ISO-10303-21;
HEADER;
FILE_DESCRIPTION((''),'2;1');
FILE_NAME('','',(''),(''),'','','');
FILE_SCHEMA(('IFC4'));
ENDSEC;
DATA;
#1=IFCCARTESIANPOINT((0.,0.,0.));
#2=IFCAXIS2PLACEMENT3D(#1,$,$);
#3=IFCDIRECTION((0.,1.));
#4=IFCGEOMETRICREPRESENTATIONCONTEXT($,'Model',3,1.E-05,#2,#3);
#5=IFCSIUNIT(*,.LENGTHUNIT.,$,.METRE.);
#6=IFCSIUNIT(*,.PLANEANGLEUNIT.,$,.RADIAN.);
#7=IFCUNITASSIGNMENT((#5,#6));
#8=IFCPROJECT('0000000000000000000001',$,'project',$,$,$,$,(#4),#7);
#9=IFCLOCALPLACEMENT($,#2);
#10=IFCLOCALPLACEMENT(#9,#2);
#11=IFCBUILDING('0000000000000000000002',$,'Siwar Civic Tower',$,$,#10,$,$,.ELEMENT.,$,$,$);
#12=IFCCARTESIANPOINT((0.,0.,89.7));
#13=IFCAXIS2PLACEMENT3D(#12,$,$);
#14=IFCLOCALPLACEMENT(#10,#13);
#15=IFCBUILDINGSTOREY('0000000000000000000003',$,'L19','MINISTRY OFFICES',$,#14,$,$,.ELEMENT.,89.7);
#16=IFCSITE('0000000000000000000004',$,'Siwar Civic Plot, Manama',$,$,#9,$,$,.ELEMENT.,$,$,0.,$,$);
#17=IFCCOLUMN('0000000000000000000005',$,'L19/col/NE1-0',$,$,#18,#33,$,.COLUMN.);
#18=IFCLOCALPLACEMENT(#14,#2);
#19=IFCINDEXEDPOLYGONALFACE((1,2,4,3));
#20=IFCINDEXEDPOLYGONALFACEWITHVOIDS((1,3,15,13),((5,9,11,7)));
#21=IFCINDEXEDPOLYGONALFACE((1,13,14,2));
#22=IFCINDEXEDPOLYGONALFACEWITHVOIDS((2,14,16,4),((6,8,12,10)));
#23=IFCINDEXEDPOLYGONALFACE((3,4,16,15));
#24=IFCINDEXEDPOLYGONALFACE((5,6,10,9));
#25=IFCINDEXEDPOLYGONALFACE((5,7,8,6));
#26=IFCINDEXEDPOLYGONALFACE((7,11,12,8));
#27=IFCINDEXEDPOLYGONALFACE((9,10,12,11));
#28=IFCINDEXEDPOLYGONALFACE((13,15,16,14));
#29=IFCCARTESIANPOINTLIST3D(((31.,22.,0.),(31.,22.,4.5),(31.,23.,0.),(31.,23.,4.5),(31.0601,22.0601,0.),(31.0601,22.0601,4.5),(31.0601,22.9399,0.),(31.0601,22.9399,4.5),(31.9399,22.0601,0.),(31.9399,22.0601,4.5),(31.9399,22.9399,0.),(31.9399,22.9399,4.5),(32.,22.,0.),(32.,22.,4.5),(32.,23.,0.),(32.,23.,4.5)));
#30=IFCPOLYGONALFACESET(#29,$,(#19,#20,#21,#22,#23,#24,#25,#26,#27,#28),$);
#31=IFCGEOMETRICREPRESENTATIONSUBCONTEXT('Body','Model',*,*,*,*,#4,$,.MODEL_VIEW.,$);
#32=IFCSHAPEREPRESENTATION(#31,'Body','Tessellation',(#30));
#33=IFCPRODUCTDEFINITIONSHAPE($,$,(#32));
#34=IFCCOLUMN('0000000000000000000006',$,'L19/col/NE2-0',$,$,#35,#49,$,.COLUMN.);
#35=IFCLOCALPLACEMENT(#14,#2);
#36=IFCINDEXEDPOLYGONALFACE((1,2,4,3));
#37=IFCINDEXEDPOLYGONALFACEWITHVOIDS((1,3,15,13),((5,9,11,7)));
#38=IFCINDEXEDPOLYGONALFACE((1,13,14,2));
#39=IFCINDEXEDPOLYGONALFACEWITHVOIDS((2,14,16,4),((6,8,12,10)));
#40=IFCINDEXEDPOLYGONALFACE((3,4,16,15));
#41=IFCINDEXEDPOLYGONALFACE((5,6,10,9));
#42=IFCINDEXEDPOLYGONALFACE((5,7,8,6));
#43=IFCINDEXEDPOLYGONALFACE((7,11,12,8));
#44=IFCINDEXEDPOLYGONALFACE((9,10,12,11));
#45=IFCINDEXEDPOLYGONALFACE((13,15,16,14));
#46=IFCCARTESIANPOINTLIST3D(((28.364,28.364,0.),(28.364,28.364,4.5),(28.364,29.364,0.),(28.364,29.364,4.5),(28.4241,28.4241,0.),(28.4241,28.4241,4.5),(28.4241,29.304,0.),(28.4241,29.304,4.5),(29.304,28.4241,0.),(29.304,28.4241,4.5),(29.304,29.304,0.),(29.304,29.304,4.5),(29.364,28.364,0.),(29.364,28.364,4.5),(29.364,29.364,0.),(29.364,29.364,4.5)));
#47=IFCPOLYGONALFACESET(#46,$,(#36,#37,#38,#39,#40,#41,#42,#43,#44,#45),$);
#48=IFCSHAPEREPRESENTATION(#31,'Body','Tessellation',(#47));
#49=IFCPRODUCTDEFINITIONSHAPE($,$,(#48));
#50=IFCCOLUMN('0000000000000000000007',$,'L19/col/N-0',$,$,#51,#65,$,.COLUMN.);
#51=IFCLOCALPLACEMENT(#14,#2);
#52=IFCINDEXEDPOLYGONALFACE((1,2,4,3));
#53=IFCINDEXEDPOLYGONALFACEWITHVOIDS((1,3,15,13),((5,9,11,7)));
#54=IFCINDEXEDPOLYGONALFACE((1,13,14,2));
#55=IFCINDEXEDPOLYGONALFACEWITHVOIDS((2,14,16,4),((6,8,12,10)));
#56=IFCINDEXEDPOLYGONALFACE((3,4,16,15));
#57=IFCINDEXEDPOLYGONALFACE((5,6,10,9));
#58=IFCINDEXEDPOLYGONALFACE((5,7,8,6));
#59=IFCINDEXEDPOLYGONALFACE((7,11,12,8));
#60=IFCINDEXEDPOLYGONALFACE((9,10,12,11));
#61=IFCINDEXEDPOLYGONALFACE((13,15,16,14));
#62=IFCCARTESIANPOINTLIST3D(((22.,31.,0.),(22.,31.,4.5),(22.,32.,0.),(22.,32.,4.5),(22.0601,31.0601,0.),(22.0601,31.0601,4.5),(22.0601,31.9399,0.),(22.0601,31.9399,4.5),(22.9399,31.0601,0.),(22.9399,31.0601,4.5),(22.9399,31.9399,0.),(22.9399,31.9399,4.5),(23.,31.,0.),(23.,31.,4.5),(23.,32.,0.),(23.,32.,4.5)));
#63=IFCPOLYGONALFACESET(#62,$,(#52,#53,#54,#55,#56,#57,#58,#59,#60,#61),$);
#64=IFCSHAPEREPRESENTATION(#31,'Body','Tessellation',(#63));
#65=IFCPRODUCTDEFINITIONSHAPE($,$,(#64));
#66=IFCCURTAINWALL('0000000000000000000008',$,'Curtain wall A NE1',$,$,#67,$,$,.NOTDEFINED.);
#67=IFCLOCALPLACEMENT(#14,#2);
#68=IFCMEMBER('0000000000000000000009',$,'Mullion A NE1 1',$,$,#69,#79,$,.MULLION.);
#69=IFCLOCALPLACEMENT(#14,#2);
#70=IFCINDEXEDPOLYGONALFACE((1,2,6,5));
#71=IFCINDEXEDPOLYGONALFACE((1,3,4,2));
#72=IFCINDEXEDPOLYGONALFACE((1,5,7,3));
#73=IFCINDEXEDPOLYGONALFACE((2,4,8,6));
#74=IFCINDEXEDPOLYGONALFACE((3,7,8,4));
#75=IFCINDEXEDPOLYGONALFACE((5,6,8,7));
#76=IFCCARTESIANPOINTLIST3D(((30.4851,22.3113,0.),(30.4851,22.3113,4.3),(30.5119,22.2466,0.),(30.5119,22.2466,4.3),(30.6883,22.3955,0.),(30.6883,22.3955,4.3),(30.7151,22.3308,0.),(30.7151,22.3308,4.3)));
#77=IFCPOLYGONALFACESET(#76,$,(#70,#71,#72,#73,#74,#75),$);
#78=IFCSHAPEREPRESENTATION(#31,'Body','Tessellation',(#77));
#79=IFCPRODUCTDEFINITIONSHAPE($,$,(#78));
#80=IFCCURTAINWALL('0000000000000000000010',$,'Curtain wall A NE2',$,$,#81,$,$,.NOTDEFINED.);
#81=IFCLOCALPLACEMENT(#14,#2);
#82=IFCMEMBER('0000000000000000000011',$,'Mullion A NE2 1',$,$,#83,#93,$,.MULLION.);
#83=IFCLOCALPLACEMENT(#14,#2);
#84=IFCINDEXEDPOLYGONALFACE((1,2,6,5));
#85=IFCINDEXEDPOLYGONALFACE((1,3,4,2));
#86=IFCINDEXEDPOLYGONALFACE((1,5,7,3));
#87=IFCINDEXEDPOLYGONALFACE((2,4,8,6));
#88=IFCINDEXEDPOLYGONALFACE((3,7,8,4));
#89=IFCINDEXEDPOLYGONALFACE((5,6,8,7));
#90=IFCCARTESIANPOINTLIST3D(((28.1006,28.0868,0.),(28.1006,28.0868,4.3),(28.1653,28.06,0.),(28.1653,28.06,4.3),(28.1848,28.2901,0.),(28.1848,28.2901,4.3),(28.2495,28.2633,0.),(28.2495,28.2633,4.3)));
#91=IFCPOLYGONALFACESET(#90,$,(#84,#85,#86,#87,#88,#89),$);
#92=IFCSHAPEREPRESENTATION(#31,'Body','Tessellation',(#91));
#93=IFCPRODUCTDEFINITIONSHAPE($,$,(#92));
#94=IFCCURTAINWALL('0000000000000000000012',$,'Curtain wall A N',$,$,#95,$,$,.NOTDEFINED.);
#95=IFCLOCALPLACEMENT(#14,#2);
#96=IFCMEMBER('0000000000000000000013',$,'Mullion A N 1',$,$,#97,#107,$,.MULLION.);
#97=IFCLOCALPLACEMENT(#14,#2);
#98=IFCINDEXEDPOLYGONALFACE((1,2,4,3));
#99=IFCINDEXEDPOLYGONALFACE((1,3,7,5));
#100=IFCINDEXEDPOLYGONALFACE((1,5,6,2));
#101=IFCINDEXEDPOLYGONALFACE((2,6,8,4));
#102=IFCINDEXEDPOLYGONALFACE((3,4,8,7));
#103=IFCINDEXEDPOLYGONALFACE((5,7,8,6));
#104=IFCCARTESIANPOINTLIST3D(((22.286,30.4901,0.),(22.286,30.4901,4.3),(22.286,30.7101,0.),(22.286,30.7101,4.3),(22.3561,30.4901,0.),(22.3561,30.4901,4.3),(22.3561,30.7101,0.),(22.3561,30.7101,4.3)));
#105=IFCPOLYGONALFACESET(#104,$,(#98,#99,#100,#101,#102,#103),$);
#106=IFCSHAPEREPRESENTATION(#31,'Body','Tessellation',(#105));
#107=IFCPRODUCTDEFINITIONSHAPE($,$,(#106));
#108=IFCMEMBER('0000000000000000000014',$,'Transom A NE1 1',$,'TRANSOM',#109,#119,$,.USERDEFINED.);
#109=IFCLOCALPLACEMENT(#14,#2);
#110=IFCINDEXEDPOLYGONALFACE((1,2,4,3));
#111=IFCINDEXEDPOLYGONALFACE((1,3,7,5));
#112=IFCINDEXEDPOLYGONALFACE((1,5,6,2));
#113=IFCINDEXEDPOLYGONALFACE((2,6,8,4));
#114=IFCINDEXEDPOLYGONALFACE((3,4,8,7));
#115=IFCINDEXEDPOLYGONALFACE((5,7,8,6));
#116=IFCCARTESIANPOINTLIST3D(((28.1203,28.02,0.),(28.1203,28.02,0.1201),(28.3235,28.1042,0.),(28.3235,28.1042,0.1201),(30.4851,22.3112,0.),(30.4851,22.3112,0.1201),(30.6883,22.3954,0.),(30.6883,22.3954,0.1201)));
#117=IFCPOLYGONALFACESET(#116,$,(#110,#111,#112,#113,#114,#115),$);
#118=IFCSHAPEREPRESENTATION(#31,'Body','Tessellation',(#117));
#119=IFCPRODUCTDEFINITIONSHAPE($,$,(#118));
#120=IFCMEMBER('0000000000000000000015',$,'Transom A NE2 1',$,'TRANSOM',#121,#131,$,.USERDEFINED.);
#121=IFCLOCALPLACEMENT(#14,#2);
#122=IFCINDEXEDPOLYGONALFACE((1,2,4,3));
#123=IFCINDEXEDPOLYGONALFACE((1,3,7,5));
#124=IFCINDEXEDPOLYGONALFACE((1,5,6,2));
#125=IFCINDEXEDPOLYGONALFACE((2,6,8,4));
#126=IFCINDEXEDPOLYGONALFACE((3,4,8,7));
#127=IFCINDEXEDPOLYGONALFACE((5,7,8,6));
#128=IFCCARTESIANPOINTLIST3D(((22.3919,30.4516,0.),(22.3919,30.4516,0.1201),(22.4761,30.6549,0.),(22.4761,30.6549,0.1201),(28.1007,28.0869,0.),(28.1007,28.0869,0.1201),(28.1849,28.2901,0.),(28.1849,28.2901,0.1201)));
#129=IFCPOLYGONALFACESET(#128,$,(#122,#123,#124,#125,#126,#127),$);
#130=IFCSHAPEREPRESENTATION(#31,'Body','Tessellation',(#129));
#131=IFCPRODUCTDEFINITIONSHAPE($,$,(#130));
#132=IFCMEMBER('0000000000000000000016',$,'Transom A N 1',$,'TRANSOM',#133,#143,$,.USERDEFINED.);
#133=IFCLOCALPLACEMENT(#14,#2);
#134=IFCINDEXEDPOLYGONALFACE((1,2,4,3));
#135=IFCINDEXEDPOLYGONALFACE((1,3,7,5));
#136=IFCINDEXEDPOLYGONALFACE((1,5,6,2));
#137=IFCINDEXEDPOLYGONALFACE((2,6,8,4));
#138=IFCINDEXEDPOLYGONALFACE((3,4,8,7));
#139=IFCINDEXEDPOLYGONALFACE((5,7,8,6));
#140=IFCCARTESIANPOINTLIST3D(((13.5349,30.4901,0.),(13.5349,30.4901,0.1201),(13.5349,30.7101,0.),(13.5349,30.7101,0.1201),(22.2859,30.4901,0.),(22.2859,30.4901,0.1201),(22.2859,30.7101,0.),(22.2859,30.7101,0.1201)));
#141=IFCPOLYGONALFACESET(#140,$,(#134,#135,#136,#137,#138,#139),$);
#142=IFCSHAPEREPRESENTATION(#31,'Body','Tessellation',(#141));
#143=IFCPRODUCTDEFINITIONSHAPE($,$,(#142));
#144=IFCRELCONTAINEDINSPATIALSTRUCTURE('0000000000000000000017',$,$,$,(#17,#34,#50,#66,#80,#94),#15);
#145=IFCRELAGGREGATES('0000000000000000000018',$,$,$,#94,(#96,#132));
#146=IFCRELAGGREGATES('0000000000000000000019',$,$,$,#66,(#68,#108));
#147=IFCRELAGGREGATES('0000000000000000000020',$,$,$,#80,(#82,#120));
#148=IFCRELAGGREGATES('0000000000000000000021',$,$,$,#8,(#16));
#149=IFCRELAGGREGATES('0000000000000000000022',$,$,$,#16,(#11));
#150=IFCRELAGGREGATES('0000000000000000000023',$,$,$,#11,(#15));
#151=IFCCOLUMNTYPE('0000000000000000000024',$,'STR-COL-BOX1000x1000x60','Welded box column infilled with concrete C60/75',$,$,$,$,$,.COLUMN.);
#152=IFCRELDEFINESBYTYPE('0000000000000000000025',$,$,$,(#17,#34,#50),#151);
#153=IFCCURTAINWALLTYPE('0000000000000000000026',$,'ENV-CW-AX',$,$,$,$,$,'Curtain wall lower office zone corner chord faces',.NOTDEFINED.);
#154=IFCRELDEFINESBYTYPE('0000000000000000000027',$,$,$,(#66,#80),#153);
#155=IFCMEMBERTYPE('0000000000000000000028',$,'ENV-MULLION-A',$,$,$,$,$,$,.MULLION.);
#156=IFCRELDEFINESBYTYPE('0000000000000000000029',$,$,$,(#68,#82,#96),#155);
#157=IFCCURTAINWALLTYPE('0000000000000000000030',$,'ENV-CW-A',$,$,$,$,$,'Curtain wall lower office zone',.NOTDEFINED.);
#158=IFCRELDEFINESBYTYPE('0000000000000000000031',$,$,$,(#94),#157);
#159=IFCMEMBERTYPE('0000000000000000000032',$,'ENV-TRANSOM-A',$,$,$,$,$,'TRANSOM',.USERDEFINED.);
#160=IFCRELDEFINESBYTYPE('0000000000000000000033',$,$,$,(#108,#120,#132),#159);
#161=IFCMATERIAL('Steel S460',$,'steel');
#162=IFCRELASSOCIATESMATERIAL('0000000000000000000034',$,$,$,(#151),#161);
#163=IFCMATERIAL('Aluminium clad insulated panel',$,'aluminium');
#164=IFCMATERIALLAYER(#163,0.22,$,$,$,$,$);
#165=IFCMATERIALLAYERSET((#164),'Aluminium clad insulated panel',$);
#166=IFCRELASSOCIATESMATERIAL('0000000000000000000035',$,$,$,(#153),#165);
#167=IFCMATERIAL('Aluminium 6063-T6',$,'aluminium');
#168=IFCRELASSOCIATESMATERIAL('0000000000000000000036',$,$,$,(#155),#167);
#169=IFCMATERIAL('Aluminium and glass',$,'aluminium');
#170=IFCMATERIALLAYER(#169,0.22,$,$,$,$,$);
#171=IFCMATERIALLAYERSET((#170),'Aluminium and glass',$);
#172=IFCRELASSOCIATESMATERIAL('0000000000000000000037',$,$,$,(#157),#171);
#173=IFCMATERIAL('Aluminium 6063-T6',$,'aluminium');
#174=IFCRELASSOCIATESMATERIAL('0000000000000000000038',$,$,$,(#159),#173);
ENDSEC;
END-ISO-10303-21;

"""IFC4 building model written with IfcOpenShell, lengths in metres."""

from ifc_helpers import new_model, si_unit, direction, frame, origin, origin_2d, place, context, subcontext, project, spatial, rectangle, hollow_rectangle, extrude, material, layer, layer_set, material_profile, profile_set, type_object, element, aggregate, save


model = new_model("IFC4")

# Units and contexts
model_context = context("Model", 3, precision=1e-05, world=origin(), true_north=direction((0.0, 1.0)))
body_context = subcontext(model_context, "Body", "Model", "MODEL_VIEW")
ifc_project = project(units=[si_unit("LENGTHUNIT", "METRE"), si_unit("PLANEANGLEUNIT", "RADIAN")], contexts=[model_context])

# Site, building, storey
site_placement = place(None, origin())
site = spatial("IfcSite", under=ifc_project, at=site_placement, Name="Siwar Civic Plot, Manama", CompositionType="ELEMENT", RefElevation=0.0)
building_placement = place(site_placement, origin())
building = spatial("IfcBuilding", under=site, at=building_placement, Name="Siwar Civic Tower", CompositionType="ELEMENT")
storey_placement = place(building_placement, frame((0.0, 0.0, 89.7)))
storey = spatial("IfcBuildingStorey", under=building, at=storey_placement, Name="L19", Description="MINISTRY OFFICES", CompositionType="ELEMENT", Elevation=89.7)

# Columns
ifc_material_1 = material(Name="Steel S460", Category="steel")
ifc_material_profile_1 = material_profile(ifc_material_1, hollow_rectangle(XDim=1.0, YDim=1.0, WallThickness=0.0601, at=origin_2d()), Name="BOX1000x1000x60")
ifc_profile_set_1 = profile_set([ifc_material_profile_1], Name="Steel S460")
column_type = type_object("IfcColumnType", Name="STR-COL-BOX1000x1000x60", Description="Welded box column infilled with concrete C60/75", PredefinedType="COLUMN", material=ifc_profile_set_1)
for number, where, z_axis, x_axis, name in (
    (1, (31.5, 22.5, 0.0), (0.0, 0.0, 1.0), (1.0, 0.0, 0.0), "L19/col/NE1-0"),
    (2, (28.864, 28.864, 0.0), (0.0, 0.0, 1.0), (1.0, 0.0, 0.0), "L19/col/NE2-0"),
    (3, (22.5, 31.5, 0.0), (0.0, 0.0, 1.0), (1.0, 0.0, 0.0), "L19/col/N-0"),
):
    element("IfcColumn", number, at=place(storey_placement, frame(where, z_axis=z_axis, x_axis=x_axis)), inside=storey, type_object=column_type, Name=name, PredefinedType="COLUMN", context=body_context, shape_type="SweptSolid", body=[
        extrude(hollow_rectangle(XDim=1.0, YDim=1.0, WallThickness=0.0601, at=origin_2d()), origin(), (0.0, 0.0, 1.0), 4.5),
    ])

# Curtain walls, members
ifc_material_2 = material(Name="Aluminium clad insulated panel", Category="aluminium")
ifc_layer_1 = layer(ifc_material_2, 0.22)
ifc_layer_set_1 = layer_set([ifc_layer_1], Name="Aluminium clad insulated panel")
curtain_wall_type_1 = type_object("IfcCurtainWallType", Name="ENV-CW-AX", ElementType="Curtain wall lower office zone corner chord faces", PredefinedType="NOTDEFINED", material=ifc_layer_set_1)
curtain_wall_1_placement = place(storey_placement, origin())
curtain_wall_1 = element("IfcCurtainWall", 4, at=curtain_wall_1_placement, inside=storey, type_object=curtain_wall_type_1, Name="Curtain wall A NE1", PredefinedType="NOTDEFINED")
ifc_material_3 = material(Name="Aluminium 6063-T6", Category="aluminium")
ifc_material_profile_2 = material_profile(ifc_material_3, rectangle(XDim=0.22, YDim=0.0701, at=origin_2d()), Name="AL 220x70")
ifc_profile_set_2 = profile_set([ifc_material_profile_2], Name="Aluminium 6063-T6")
member_type_1 = type_object("IfcMemberType", Name="ENV-MULLION-A", PredefinedType="MULLION", material=ifc_profile_set_2)
member_1_placement = place(storey_placement, frame((30.6001, 22.321, 0.0), z_axis=(0.0, 0.0, 1.0), x_axis=(-0.92388, -0.382683, 0.0)))
member_1 = element("IfcMember", 5, at=member_1_placement, type_object=member_type_1, Name="Mullion A NE1 1", PredefinedType="MULLION", context=body_context, shape_type="SweptSolid", body=[
    extrude(rectangle(XDim=0.22, YDim=0.0701, at=origin_2d()), origin(), (0.0, 0.0, 1.0), 4.3),
])
curtain_wall_2_placement = place(storey_placement, origin())
curtain_wall_2 = element("IfcCurtainWall", 6, at=curtain_wall_2_placement, inside=storey, type_object=curtain_wall_type_1, Name="Curtain wall A NE2", PredefinedType="NOTDEFINED")
member_2_placement = place(storey_placement, frame((28.175, 28.175, 0.0), z_axis=(0.0, 0.0, 1.0), x_axis=(-0.382683, -0.92388, 0.0)))
member_2 = element("IfcMember", 7, at=member_2_placement, type_object=member_type_1, Name="Mullion A NE2 1", PredefinedType="MULLION", context=body_context, shape_type="SweptSolid", body=[
    extrude(rectangle(XDim=0.22, YDim=0.0701, at=origin_2d()), origin(), (0.0, 0.0, 1.0), 4.3),
])
ifc_material_4 = material(Name="Aluminium and glass", Category="aluminium")
ifc_layer_2 = layer(ifc_material_4, 0.22)
ifc_layer_set_2 = layer_set([ifc_layer_2], Name="Aluminium and glass")
curtain_wall_type_2 = type_object("IfcCurtainWallType", Name="ENV-CW-A", ElementType="Curtain wall lower office zone", PredefinedType="NOTDEFINED", material=ifc_layer_set_2)
curtain_wall_3_placement = place(storey_placement, origin())
curtain_wall_3 = element("IfcCurtainWall", 8, at=curtain_wall_3_placement, inside=storey, type_object=curtain_wall_type_2, Name="Curtain wall A N", PredefinedType="NOTDEFINED")
member_3_placement = place(storey_placement, frame((22.321, 30.6001, 0.0), z_axis=(0.0, 0.0, 1.0), x_axis=(0.0, -1.0, 0.0)))
member_3 = element("IfcMember", 9, at=member_3_placement, type_object=member_type_1, Name="Mullion A N 1", PredefinedType="MULLION", context=body_context, shape_type="SweptSolid", body=[
    extrude(rectangle(XDim=0.22, YDim=0.0701, at=origin_2d()), origin(), (0.0, 0.0, 1.0), 4.3),
])

# Members
ifc_material_5 = material(Name="Aluminium 6063-T6", Category="aluminium")
ifc_material_profile_3 = material_profile(ifc_material_5, rectangle(XDim=0.22, YDim=0.1201, at=origin_2d()), Name="AL 220x120")
ifc_profile_set_3 = profile_set([ifc_material_profile_3], Name="Aluminium 6063-T6")
member_type_2 = type_object("IfcMemberType", Name="ENV-TRANSOM-A", ElementType="TRANSOM", PredefinedType="USERDEFINED", material=ifc_profile_set_3)
member_4_placement = place(storey_placement, frame((30.5867, 22.3533, 0.0601), z_axis=(-0.382698, 0.923873, 0.0), x_axis=(-0.923873, -0.382698, 0.0)))
member_4 = element("IfcMember", 10, at=member_4_placement, type_object=member_type_2, Name="Transom A NE1 1", ObjectType="TRANSOM", PredefinedType="USERDEFINED", context=body_context, shape_type="SweptSolid", body=[
    extrude(rectangle(XDim=0.22, YDim=0.1201, at=origin_2d()), origin(), (0.0, 0.0, 1.0), 6.1792),
])
member_5_placement = place(storey_placement, frame((28.1428, 28.1885, 0.0601), z_axis=(-0.923873, 0.382698, 0.0), x_axis=(-0.382698, -0.923873, 0.0)))
member_5 = element("IfcMember", 11, at=member_5_placement, type_object=member_type_2, Name="Transom A NE2 1", ObjectType="TRANSOM", PredefinedType="USERDEFINED", context=body_context, shape_type="SweptSolid", body=[
    extrude(rectangle(XDim=0.22, YDim=0.1201, at=origin_2d()), origin(), (0.0, 0.0, 1.0), 6.1792),
])
member_6_placement = place(storey_placement, frame((22.2859, 30.6001, 0.0601), z_axis=(-1.0, 0.0, 0.0), x_axis=(0.0, -1.0, 0.0)))
member_6 = element("IfcMember", 12, at=member_6_placement, type_object=member_type_2, Name="Transom A N 1", ObjectType="TRANSOM", PredefinedType="USERDEFINED", context=body_context, shape_type="SweptSolid", body=[
    extrude(rectangle(XDim=0.22, YDim=0.1201, at=origin_2d()), origin(), (0.0, 0.0, 1.0), 8.751),
])

aggregate(curtain_wall_3, [member_3, member_6])
aggregate(curtain_wall_1, [member_1, member_4])
aggregate(curtain_wall_2, [member_2, member_5])

save(model, "model.ifc")
